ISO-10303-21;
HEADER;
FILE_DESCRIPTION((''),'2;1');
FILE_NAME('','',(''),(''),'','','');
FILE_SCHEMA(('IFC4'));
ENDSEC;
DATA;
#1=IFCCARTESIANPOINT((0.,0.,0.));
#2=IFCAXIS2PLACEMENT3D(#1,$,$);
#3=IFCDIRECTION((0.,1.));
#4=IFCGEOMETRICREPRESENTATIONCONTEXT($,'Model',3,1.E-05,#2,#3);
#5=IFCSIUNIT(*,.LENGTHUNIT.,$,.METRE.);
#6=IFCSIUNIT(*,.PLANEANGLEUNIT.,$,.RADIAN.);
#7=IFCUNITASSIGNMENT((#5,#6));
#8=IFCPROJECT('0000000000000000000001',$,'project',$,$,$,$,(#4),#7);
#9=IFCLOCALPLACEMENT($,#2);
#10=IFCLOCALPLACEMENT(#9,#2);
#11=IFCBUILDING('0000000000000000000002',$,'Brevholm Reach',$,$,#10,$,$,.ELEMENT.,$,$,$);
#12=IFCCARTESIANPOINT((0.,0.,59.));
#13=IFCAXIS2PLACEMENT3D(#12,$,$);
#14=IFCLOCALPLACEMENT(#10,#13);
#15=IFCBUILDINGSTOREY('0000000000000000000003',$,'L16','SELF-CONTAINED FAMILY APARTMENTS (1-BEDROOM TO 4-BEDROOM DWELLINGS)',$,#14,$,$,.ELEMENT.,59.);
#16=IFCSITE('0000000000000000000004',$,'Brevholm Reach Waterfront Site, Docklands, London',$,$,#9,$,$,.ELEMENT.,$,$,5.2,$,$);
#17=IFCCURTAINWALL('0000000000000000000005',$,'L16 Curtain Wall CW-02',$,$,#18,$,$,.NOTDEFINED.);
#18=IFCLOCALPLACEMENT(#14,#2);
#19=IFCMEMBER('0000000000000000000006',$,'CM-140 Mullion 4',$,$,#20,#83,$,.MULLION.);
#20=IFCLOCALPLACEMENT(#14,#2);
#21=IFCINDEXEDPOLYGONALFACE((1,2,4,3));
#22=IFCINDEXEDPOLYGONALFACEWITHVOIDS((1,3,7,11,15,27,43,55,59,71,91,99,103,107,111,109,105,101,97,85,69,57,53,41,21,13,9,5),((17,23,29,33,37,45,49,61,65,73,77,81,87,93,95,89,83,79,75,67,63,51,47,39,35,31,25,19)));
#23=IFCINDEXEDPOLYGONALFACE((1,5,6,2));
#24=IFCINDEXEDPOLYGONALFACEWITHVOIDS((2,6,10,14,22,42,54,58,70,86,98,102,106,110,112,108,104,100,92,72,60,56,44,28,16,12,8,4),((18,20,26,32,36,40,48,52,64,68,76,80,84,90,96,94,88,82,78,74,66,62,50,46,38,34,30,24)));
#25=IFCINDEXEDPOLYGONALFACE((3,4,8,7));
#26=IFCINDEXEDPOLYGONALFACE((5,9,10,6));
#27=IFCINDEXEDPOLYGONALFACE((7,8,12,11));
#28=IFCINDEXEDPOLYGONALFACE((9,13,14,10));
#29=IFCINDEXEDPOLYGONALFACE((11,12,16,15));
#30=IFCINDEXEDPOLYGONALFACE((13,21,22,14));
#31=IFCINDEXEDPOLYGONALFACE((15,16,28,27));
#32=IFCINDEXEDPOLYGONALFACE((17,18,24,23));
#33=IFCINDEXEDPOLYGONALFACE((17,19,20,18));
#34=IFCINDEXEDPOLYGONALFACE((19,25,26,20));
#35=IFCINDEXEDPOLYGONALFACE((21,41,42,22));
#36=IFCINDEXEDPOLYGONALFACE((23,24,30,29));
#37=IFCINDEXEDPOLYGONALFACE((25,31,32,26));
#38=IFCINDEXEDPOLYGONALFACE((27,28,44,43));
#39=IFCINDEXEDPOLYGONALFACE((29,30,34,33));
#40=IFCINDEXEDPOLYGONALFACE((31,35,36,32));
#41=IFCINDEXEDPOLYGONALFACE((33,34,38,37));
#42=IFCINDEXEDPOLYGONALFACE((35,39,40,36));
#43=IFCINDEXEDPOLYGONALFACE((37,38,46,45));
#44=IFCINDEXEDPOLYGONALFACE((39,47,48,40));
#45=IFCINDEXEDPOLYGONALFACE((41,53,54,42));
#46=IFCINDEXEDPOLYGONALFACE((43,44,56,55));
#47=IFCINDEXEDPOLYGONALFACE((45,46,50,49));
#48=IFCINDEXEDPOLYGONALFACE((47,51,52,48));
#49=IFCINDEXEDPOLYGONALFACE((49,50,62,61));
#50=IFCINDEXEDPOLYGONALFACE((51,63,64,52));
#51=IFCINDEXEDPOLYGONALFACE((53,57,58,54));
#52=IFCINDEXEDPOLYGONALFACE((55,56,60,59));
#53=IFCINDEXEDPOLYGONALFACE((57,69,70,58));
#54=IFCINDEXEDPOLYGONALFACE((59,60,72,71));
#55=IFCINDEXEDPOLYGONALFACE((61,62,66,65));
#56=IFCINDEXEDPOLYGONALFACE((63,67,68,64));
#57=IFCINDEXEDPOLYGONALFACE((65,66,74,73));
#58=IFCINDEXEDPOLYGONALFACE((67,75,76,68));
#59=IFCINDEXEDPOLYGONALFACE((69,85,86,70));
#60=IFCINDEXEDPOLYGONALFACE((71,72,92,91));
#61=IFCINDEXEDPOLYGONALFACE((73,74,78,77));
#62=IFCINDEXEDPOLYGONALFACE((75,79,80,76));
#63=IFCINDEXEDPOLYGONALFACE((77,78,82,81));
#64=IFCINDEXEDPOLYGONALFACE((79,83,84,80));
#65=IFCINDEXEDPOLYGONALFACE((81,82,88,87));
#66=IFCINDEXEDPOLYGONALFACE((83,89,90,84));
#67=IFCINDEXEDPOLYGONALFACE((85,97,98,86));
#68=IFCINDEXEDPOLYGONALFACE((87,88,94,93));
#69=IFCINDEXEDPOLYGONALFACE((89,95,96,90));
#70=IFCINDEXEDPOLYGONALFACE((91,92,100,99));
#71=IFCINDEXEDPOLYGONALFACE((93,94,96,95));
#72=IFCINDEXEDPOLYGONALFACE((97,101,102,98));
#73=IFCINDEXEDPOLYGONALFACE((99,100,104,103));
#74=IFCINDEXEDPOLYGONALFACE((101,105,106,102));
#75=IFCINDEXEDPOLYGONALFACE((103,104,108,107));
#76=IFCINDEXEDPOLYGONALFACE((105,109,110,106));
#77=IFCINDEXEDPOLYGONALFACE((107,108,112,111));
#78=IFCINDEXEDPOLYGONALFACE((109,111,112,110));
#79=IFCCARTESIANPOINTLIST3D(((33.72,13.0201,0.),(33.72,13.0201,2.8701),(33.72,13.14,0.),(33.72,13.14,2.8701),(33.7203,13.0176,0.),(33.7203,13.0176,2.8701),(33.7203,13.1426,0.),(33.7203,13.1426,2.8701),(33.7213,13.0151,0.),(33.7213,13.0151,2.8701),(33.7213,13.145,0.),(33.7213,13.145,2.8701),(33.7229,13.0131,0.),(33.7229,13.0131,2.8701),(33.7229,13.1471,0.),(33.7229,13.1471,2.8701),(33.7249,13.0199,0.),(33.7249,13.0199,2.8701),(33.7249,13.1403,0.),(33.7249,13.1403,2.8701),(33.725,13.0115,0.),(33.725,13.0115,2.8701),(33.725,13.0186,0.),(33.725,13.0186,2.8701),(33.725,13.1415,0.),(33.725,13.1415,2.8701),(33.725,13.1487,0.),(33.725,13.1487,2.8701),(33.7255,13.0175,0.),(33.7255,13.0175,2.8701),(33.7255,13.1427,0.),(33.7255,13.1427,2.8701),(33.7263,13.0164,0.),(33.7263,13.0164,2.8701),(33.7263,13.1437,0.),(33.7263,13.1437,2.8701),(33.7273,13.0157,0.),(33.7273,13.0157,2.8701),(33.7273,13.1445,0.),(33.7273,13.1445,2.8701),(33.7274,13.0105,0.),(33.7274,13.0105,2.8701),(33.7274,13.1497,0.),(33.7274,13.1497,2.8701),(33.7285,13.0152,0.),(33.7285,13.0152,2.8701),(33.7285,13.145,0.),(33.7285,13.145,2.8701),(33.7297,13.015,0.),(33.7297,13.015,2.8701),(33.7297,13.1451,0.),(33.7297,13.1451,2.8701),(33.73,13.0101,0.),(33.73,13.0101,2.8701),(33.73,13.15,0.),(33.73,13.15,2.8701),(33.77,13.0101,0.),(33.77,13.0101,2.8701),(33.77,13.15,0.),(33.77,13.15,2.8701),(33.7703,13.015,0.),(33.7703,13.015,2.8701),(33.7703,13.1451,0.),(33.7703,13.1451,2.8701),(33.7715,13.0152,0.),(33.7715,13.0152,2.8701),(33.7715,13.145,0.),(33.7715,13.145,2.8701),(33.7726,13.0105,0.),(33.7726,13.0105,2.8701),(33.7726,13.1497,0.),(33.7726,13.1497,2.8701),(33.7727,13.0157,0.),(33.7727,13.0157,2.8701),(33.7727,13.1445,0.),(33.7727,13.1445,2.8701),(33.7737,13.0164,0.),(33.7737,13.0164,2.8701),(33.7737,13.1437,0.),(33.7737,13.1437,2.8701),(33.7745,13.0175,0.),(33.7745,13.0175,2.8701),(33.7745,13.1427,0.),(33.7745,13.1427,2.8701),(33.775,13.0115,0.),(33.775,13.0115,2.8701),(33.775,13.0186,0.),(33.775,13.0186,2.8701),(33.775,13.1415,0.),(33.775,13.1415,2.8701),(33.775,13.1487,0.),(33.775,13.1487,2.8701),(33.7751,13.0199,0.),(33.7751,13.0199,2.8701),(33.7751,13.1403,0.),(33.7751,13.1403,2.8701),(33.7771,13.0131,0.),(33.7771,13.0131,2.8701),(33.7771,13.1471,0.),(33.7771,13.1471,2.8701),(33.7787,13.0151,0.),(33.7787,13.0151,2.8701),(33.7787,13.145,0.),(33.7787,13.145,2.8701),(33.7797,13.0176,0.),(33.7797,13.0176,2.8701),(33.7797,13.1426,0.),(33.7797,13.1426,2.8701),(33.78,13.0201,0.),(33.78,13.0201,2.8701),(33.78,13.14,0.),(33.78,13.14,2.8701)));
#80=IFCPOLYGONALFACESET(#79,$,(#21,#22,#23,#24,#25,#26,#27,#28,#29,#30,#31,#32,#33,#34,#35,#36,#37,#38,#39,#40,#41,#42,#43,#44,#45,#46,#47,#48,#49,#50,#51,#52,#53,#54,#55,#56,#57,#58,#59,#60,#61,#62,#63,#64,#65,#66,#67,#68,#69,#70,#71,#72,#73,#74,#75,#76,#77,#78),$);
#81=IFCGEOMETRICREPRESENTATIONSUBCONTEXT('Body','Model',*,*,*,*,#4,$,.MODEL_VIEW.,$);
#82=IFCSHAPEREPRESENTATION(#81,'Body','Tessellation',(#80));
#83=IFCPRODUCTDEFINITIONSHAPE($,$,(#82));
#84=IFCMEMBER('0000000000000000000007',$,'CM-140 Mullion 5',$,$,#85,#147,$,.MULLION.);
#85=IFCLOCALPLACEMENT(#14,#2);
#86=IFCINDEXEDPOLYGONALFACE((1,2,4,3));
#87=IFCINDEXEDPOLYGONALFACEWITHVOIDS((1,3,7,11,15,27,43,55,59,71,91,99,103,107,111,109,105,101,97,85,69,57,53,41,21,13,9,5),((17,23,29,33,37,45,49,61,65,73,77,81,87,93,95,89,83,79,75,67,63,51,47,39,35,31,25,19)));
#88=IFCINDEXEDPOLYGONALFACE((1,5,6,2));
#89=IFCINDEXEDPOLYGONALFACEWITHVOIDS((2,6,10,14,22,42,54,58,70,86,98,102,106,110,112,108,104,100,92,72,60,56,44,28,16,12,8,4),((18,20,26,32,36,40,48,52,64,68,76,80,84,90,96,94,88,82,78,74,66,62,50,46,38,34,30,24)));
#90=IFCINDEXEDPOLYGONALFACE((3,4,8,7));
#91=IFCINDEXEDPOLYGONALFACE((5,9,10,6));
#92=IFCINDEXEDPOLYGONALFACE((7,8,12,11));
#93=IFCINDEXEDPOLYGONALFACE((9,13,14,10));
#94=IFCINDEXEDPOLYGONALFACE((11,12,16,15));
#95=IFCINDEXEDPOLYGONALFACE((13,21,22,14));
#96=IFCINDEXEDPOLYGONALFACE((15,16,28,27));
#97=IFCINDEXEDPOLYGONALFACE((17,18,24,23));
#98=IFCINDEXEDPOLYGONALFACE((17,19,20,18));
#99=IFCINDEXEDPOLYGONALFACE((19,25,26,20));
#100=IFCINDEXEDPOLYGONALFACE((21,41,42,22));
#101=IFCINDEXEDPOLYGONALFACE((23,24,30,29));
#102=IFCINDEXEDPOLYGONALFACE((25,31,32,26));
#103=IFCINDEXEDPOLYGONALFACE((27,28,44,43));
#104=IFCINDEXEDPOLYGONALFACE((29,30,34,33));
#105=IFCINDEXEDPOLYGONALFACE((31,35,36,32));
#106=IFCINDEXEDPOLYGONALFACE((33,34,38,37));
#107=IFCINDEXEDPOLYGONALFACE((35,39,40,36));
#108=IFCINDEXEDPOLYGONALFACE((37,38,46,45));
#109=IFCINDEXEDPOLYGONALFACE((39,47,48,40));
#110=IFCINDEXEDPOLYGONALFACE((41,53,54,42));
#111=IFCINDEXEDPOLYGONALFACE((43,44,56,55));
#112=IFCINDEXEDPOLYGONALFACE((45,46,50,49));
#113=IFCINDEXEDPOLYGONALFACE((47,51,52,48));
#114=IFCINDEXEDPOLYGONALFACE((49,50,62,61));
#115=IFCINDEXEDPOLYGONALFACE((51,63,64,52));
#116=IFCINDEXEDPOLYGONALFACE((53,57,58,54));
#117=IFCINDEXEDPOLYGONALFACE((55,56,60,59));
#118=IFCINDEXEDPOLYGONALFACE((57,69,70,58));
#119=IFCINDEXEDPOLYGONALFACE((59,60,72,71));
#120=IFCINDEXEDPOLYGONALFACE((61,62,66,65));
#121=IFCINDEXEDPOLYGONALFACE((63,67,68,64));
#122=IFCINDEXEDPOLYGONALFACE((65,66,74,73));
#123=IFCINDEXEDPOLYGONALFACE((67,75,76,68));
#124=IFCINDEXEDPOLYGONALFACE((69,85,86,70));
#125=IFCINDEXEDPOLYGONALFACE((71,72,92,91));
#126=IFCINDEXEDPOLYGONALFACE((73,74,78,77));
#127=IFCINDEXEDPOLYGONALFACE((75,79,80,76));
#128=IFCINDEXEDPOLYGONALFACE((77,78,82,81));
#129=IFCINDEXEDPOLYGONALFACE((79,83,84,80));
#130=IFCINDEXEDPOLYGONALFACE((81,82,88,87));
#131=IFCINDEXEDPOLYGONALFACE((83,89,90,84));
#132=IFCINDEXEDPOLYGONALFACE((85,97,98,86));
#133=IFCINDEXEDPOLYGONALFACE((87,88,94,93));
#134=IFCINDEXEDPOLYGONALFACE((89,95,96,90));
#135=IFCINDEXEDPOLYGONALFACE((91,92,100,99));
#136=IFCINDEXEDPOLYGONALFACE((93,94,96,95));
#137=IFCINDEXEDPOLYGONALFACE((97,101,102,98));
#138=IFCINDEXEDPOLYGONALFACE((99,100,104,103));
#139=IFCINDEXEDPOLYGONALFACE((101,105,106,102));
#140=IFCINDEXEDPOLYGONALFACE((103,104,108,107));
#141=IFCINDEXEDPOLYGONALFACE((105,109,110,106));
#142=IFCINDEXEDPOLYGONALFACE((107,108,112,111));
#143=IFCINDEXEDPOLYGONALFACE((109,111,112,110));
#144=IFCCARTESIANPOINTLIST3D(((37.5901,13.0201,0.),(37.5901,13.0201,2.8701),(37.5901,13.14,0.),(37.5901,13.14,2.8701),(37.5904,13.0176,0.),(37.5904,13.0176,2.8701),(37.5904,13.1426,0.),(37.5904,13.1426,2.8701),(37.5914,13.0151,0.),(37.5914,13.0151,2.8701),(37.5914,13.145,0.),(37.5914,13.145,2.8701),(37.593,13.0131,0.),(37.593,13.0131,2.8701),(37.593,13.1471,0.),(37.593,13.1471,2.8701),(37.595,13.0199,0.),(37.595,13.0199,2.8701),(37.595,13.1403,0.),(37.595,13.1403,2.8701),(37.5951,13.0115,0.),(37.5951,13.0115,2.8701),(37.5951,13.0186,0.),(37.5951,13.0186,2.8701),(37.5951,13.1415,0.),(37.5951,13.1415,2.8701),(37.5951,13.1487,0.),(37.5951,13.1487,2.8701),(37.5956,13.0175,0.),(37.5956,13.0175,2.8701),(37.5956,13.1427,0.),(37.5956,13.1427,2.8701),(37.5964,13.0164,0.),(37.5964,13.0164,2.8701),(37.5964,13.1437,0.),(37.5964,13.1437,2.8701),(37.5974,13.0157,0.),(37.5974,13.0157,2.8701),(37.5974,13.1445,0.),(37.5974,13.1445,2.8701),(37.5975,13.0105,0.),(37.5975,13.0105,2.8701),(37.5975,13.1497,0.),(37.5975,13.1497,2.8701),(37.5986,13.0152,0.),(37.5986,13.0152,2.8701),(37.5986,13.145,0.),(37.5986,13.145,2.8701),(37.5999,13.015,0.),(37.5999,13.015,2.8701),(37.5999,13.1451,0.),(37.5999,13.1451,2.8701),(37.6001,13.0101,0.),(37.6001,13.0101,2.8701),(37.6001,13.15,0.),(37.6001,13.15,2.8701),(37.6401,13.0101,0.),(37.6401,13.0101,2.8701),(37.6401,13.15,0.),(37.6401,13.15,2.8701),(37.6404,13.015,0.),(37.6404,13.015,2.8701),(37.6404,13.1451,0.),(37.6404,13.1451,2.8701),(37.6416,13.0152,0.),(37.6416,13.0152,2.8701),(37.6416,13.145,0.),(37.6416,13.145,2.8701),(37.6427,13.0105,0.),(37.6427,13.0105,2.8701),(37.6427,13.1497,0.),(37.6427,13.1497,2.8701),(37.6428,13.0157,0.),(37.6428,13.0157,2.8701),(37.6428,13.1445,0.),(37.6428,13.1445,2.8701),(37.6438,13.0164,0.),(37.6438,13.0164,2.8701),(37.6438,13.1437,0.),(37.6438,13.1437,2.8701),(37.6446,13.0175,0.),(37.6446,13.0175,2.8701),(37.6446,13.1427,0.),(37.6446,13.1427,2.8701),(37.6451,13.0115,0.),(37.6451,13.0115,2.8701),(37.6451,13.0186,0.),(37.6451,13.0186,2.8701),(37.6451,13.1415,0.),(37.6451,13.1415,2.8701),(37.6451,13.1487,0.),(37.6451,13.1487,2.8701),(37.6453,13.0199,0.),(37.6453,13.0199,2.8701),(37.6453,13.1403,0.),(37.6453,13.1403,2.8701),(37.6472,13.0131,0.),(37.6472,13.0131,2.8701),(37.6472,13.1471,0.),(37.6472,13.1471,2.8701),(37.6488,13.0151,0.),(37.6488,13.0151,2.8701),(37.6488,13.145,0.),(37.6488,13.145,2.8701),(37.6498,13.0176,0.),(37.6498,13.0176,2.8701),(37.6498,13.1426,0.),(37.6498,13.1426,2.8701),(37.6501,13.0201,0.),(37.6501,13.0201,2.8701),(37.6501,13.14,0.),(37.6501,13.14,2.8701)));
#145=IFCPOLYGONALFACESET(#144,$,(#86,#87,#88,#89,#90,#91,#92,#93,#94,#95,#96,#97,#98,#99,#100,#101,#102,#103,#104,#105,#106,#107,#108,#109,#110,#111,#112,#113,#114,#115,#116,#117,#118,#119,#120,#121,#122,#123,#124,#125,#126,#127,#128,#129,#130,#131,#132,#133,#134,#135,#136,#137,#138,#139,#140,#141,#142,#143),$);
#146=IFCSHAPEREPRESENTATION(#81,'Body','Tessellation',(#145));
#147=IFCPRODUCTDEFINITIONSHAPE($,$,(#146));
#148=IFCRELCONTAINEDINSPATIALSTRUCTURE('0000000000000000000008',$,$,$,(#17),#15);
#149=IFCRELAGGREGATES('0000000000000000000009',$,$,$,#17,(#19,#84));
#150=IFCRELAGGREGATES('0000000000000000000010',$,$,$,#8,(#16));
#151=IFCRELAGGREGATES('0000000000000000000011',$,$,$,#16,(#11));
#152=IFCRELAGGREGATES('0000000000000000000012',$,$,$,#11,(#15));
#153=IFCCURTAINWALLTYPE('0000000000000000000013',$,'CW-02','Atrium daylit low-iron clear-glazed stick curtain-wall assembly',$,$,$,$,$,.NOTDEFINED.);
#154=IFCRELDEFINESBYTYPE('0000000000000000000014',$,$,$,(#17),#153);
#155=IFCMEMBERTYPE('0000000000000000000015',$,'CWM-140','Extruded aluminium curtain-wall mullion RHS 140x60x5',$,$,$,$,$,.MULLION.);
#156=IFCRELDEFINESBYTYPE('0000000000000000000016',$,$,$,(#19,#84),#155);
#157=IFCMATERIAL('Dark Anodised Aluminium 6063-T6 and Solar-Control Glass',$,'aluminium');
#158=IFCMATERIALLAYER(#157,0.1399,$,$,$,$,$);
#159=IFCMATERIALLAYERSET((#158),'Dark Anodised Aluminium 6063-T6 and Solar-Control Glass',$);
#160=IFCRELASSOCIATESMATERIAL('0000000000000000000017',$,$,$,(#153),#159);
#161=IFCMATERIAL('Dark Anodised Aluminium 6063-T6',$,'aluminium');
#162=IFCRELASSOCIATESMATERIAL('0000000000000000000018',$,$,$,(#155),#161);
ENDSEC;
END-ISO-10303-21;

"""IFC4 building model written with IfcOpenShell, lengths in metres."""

from ifc_helpers import new_model, si_unit, direction, frame, origin, origin_2d, place, context, subcontext, project, spatial, hollow_rectangle, extrude, material, layer, layer_set, material_profile, profile_set, type_object, element, aggregate, save


model = new_model("IFC4")

# Units and contexts
model_context = context("Model", 3, precision=1e-05, world=origin(), true_north=direction((0.0, 1.0)))
body_context = subcontext(model_context, "Body", "Model", "MODEL_VIEW")
ifc_project = project(units=[si_unit("LENGTHUNIT", "METRE"), si_unit("PLANEANGLEUNIT", "RADIAN")], contexts=[model_context])

# Site, building, storey
site_placement = place(None, origin())
site = spatial("IfcSite", under=ifc_project, at=site_placement, Name="Brevholm Reach Waterfront Site, Docklands, London", CompositionType="ELEMENT", RefElevation=5.2)
building_placement = place(site_placement, origin())
building = spatial("IfcBuilding", under=site, at=building_placement, Name="Brevholm Reach", CompositionType="ELEMENT")
storey_placement = place(building_placement, frame((0.0, 0.0, 59.0)))
storey = spatial("IfcBuildingStorey", under=building, at=storey_placement, Name="L16", Description="SELF-CONTAINED FAMILY APARTMENTS (1-BEDROOM TO 4-BEDROOM DWELLINGS)", CompositionType="ELEMENT", Elevation=59.0)

# Curtain wall, members
ifc_material_1 = material(Name="Dark Anodised Aluminium 6063-T6 and Solar-Control Glass", Category="aluminium")
ifc_layer_1 = layer(ifc_material_1, 0.1399)
ifc_layer_set_1 = layer_set([ifc_layer_1], Name="Dark Anodised Aluminium 6063-T6 and Solar-Control Glass")
curtain_wall_type = type_object("IfcCurtainWallType", Name="CW-02", Description="Atrium daylit low-iron clear-glazed stick curtain-wall assembly", PredefinedType="NOTDEFINED", material=ifc_layer_set_1)
curtain_wall_placement = place(storey_placement, origin())
curtain_wall = element("IfcCurtainWall", 1, at=curtain_wall_placement, inside=storey, type_object=curtain_wall_type, Name="L16 Curtain Wall CW-02", PredefinedType="NOTDEFINED")
ifc_material_2 = material(Name="Dark Anodised Aluminium 6063-T6", Category="aluminium")
ifc_material_profile_1 = material_profile(ifc_material_2, hollow_rectangle(XDim=0.0601, YDim=0.1399, WallThickness=0.0049, InnerFilletRadius=0.0049, OuterFilletRadius=0.01, at=origin_2d()), Name="RHS 140x60x5")
ifc_profile_set_1 = profile_set([ifc_material_profile_1], Name="Dark Anodised Aluminium 6063-T6")
member_type_1 = type_object("IfcMemberType", Name="CWM-140", Description="Extruded aluminium curtain-wall mullion RHS 140x60x5", PredefinedType="MULLION", material=ifc_profile_set_1)
member_1_placement = place(storey_placement, frame((33.75, 13.0801, 0.0), z_axis=(0.0, 0.0, 1.0), x_axis=(1.0, 0.0, 0.0)))
member_1 = element("IfcMember", 2, at=member_1_placement, type_object=member_type_1, Name="CM-140 Mullion 4", PredefinedType="MULLION", context=body_context, shape_type="SweptSolid", body=[
    extrude(hollow_rectangle(XDim=0.0601, YDim=0.1399, WallThickness=0.0049, InnerFilletRadius=0.0049, OuterFilletRadius=0.01, at=origin_2d()), origin(), (0.0, 0.0, 1.0), 2.8701),
])
member_2_placement = place(storey_placement, frame((37.6201, 13.0801, 0.0), z_axis=(0.0, 0.0, 1.0), x_axis=(1.0, 0.0, 0.0)))
member_2 = element("IfcMember", 3, at=member_2_placement, type_object=member_type_1, Name="CM-140 Mullion 5", PredefinedType="MULLION", context=body_context, shape_type="SweptSolid", body=[
    extrude(hollow_rectangle(XDim=0.0601, YDim=0.1399, WallThickness=0.0049, InnerFilletRadius=0.0049, OuterFilletRadius=0.01, at=origin_2d()), origin(), (0.0, 0.0, 1.0), 2.8701),
])
aggregate(curtain_wall, [member_1, member_2])

save(model, "model.ifc")
